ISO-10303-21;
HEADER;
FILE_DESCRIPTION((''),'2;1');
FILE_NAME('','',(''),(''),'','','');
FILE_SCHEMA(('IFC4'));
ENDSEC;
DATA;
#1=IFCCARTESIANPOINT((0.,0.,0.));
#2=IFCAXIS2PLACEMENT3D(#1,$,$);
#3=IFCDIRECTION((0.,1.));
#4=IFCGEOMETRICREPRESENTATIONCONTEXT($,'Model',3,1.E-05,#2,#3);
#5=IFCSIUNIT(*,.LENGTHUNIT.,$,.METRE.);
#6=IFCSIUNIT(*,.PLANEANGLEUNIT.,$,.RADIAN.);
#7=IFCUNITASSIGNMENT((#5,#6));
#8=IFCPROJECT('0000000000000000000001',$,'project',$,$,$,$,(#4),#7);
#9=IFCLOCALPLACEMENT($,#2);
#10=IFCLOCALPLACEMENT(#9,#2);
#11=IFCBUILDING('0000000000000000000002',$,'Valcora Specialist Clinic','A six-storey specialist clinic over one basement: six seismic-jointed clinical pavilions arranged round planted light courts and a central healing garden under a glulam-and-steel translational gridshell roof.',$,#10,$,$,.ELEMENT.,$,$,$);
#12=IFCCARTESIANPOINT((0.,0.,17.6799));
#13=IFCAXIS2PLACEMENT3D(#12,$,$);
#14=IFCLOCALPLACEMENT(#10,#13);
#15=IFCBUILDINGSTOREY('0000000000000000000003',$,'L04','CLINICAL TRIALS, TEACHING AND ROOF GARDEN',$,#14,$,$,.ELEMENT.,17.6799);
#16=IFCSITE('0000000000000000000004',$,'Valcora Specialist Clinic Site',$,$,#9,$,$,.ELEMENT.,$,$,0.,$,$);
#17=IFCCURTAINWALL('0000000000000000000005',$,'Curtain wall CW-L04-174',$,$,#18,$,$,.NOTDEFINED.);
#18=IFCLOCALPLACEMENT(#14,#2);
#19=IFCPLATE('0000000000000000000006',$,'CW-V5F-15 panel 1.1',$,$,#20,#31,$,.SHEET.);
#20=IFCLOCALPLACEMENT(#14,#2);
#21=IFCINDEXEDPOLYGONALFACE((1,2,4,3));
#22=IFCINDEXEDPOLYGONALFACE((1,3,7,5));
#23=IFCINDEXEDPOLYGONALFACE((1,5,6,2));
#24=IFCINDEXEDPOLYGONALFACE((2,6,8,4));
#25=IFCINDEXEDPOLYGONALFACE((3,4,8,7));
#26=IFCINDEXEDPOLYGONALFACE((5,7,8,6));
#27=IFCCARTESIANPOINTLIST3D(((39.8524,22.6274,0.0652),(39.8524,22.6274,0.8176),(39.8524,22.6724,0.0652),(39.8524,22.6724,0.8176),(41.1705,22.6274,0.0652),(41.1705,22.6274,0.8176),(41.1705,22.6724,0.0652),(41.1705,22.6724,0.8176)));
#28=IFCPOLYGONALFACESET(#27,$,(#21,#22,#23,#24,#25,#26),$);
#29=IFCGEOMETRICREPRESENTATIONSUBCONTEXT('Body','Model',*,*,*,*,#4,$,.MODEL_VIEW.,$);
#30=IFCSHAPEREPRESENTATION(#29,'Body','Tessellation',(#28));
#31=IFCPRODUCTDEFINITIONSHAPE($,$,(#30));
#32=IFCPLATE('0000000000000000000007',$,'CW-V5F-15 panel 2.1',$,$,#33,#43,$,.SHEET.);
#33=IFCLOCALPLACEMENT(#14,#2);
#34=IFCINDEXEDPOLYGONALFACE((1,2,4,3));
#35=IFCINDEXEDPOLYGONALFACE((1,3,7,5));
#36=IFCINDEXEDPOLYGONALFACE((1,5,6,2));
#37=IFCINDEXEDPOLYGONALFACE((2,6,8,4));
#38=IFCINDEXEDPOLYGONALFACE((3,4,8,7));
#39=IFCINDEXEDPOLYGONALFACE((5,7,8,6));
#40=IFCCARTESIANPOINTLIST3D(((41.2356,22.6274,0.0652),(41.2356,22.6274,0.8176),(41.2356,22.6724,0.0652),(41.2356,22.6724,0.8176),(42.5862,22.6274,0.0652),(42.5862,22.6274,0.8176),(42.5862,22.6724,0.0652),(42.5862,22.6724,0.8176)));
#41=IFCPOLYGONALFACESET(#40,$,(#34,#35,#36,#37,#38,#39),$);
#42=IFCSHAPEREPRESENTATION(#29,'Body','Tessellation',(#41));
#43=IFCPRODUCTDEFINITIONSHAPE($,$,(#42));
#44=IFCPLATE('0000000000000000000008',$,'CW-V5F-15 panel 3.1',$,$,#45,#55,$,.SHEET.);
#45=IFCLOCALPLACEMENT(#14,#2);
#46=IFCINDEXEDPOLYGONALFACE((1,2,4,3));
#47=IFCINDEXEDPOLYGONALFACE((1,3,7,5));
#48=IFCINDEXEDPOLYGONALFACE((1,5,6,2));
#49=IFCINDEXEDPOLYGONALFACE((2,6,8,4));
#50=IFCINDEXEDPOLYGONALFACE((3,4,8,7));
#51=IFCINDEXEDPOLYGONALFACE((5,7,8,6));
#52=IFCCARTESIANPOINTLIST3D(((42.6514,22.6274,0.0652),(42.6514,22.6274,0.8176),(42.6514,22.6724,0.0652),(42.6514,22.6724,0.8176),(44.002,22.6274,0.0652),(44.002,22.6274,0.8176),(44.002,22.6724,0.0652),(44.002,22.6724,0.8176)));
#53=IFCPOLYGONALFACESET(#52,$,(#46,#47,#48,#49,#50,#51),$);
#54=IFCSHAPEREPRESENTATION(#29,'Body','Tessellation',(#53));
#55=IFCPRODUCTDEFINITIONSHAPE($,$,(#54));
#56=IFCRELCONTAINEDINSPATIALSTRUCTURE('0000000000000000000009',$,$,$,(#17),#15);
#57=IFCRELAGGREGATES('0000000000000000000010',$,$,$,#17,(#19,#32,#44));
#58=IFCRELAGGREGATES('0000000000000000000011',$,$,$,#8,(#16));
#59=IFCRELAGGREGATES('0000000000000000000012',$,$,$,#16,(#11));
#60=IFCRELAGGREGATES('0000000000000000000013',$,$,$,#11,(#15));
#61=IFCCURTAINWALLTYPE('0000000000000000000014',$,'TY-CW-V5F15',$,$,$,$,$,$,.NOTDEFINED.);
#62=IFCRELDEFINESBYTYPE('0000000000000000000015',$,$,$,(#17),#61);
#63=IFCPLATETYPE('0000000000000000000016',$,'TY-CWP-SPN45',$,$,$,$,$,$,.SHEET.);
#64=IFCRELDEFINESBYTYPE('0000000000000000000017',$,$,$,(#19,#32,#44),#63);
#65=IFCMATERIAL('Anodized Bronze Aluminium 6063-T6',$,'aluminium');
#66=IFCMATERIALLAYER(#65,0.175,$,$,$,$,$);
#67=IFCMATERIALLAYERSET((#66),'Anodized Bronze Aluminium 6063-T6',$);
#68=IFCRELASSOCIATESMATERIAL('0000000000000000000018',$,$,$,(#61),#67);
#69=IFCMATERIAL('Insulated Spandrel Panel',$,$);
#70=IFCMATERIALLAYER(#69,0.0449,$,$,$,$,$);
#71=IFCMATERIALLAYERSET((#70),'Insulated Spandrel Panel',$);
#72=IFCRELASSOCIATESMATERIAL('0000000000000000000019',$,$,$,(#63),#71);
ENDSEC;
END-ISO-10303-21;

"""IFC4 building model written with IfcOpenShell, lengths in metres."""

from ifc_helpers import new_model, si_unit, direction, frame, origin, origin_2d, place, context, subcontext, project, spatial, rectangle, extrude, material, layer, layer_set, type_object, element, aggregate, save


model = new_model("IFC4")

# Units and contexts
model_context = context("Model", 3, precision=1e-05, world=origin(), true_north=direction((0.0, 1.0)))
body_context = subcontext(model_context, "Body", "Model", "MODEL_VIEW")
ifc_project = project(units=[si_unit("LENGTHUNIT", "METRE"), si_unit("PLANEANGLEUNIT", "RADIAN")], contexts=[model_context])

# Site, building, storey
site_placement = place(None, origin())
site = spatial("IfcSite", under=ifc_project, at=site_placement, Name="Valcora Specialist Clinic Site", CompositionType="ELEMENT", RefElevation=0.0)
building_placement = place(site_placement, origin())
building = spatial("IfcBuilding", under=site, at=building_placement, Name="Valcora Specialist Clinic", Description="A six-storey specialist clinic over one basement: six seismic-jointed clinical pavilions arranged round planted light courts and a central healing garden under a glulam-and-steel translational gridshell roof.", CompositionType="ELEMENT")
storey_placement = place(building_placement, frame((0.0, 0.0, 17.6799)))
storey = spatial("IfcBuildingStorey", under=building, at=storey_placement, Name="L04", Description="CLINICAL TRIALS, TEACHING AND ROOF GARDEN", CompositionType="ELEMENT", Elevation=17.6799)

# Curtain wall
ifc_material_1 = material(Name="Anodized Bronze Aluminium 6063-T6", Category="aluminium")
ifc_layer_1 = layer(ifc_material_1, 0.175)
ifc_layer_set_1 = layer_set([ifc_layer_1], Name="Anodized Bronze Aluminium 6063-T6")
curtain_wall_type = type_object("IfcCurtainWallType", Name="TY-CW-V5F15", PredefinedType="NOTDEFINED", material=ifc_layer_set_1)
curtain_wall_1_placement = place(storey_placement, origin())
curtain_wall_1 = element("IfcCurtainWall", 1, at=curtain_wall_1_placement, inside=storey, type_object=curtain_wall_type, Name="Curtain wall CW-L04-174", PredefinedType="NOTDEFINED")

# Plates
ifc_material_2 = material(Name="Insulated Spandrel Panel")
ifc_layer_2 = layer(ifc_material_2, 0.0449)
ifc_layer_set_2 = layer_set([ifc_layer_2], Name="Insulated Spandrel Panel")
plate_type_1 = type_object("IfcPlateType", Name="TY-CWP-SPN45", PredefinedType="SHEET", material=ifc_layer_set_2)
plate_1_placement = place(storey_placement, frame((40.5115, 22.6499, 0.0652), z_axis=(0.0, 0.0, 1.0), x_axis=(1.0, 0.0, 0.0)))
plate_1 = element("IfcPlate", 2, at=plate_1_placement, type_object=plate_type_1, Name="CW-V5F-15 panel 1.1", PredefinedType="SHEET", context=body_context, shape_type="SweptSolid", body=[
    extrude(rectangle(XDim=1.3181, YDim=0.0449, at=origin_2d()), origin(), (0.0, 0.0, 1.0), 0.7524),
])
plate_2_placement = place(storey_placement, frame((41.9109, 22.6499, 0.0652), z_axis=(0.0, 0.0, 1.0), x_axis=(1.0, 0.0, 0.0)))
plate_2 = element("IfcPlate", 3, at=plate_2_placement, type_object=plate_type_1, Name="CW-V5F-15 panel 2.1", PredefinedType="SHEET", context=body_context, shape_type="SweptSolid", body=[
    extrude(rectangle(XDim=1.3506, YDim=0.0449, at=origin_2d()), origin(), (0.0, 0.0, 1.0), 0.7524),
])
plate_3_placement = place(storey_placement, frame((43.3267, 22.6499, 0.0652), z_axis=(0.0, 0.0, 1.0), x_axis=(1.0, 0.0, 0.0)))
plate_3 = element("IfcPlate", 4, at=plate_3_placement, type_object=plate_type_1, Name="CW-V5F-15 panel 3.1", PredefinedType="SHEET", context=body_context, shape_type="SweptSolid", body=[
    extrude(rectangle(XDim=1.3506, YDim=0.0449, at=origin_2d()), origin(), (0.0, 0.0, 1.0), 0.7524),
])
aggregate(curtain_wall_1, [plate_1, plate_2, plate_3])

save(model, "model.ifc")
